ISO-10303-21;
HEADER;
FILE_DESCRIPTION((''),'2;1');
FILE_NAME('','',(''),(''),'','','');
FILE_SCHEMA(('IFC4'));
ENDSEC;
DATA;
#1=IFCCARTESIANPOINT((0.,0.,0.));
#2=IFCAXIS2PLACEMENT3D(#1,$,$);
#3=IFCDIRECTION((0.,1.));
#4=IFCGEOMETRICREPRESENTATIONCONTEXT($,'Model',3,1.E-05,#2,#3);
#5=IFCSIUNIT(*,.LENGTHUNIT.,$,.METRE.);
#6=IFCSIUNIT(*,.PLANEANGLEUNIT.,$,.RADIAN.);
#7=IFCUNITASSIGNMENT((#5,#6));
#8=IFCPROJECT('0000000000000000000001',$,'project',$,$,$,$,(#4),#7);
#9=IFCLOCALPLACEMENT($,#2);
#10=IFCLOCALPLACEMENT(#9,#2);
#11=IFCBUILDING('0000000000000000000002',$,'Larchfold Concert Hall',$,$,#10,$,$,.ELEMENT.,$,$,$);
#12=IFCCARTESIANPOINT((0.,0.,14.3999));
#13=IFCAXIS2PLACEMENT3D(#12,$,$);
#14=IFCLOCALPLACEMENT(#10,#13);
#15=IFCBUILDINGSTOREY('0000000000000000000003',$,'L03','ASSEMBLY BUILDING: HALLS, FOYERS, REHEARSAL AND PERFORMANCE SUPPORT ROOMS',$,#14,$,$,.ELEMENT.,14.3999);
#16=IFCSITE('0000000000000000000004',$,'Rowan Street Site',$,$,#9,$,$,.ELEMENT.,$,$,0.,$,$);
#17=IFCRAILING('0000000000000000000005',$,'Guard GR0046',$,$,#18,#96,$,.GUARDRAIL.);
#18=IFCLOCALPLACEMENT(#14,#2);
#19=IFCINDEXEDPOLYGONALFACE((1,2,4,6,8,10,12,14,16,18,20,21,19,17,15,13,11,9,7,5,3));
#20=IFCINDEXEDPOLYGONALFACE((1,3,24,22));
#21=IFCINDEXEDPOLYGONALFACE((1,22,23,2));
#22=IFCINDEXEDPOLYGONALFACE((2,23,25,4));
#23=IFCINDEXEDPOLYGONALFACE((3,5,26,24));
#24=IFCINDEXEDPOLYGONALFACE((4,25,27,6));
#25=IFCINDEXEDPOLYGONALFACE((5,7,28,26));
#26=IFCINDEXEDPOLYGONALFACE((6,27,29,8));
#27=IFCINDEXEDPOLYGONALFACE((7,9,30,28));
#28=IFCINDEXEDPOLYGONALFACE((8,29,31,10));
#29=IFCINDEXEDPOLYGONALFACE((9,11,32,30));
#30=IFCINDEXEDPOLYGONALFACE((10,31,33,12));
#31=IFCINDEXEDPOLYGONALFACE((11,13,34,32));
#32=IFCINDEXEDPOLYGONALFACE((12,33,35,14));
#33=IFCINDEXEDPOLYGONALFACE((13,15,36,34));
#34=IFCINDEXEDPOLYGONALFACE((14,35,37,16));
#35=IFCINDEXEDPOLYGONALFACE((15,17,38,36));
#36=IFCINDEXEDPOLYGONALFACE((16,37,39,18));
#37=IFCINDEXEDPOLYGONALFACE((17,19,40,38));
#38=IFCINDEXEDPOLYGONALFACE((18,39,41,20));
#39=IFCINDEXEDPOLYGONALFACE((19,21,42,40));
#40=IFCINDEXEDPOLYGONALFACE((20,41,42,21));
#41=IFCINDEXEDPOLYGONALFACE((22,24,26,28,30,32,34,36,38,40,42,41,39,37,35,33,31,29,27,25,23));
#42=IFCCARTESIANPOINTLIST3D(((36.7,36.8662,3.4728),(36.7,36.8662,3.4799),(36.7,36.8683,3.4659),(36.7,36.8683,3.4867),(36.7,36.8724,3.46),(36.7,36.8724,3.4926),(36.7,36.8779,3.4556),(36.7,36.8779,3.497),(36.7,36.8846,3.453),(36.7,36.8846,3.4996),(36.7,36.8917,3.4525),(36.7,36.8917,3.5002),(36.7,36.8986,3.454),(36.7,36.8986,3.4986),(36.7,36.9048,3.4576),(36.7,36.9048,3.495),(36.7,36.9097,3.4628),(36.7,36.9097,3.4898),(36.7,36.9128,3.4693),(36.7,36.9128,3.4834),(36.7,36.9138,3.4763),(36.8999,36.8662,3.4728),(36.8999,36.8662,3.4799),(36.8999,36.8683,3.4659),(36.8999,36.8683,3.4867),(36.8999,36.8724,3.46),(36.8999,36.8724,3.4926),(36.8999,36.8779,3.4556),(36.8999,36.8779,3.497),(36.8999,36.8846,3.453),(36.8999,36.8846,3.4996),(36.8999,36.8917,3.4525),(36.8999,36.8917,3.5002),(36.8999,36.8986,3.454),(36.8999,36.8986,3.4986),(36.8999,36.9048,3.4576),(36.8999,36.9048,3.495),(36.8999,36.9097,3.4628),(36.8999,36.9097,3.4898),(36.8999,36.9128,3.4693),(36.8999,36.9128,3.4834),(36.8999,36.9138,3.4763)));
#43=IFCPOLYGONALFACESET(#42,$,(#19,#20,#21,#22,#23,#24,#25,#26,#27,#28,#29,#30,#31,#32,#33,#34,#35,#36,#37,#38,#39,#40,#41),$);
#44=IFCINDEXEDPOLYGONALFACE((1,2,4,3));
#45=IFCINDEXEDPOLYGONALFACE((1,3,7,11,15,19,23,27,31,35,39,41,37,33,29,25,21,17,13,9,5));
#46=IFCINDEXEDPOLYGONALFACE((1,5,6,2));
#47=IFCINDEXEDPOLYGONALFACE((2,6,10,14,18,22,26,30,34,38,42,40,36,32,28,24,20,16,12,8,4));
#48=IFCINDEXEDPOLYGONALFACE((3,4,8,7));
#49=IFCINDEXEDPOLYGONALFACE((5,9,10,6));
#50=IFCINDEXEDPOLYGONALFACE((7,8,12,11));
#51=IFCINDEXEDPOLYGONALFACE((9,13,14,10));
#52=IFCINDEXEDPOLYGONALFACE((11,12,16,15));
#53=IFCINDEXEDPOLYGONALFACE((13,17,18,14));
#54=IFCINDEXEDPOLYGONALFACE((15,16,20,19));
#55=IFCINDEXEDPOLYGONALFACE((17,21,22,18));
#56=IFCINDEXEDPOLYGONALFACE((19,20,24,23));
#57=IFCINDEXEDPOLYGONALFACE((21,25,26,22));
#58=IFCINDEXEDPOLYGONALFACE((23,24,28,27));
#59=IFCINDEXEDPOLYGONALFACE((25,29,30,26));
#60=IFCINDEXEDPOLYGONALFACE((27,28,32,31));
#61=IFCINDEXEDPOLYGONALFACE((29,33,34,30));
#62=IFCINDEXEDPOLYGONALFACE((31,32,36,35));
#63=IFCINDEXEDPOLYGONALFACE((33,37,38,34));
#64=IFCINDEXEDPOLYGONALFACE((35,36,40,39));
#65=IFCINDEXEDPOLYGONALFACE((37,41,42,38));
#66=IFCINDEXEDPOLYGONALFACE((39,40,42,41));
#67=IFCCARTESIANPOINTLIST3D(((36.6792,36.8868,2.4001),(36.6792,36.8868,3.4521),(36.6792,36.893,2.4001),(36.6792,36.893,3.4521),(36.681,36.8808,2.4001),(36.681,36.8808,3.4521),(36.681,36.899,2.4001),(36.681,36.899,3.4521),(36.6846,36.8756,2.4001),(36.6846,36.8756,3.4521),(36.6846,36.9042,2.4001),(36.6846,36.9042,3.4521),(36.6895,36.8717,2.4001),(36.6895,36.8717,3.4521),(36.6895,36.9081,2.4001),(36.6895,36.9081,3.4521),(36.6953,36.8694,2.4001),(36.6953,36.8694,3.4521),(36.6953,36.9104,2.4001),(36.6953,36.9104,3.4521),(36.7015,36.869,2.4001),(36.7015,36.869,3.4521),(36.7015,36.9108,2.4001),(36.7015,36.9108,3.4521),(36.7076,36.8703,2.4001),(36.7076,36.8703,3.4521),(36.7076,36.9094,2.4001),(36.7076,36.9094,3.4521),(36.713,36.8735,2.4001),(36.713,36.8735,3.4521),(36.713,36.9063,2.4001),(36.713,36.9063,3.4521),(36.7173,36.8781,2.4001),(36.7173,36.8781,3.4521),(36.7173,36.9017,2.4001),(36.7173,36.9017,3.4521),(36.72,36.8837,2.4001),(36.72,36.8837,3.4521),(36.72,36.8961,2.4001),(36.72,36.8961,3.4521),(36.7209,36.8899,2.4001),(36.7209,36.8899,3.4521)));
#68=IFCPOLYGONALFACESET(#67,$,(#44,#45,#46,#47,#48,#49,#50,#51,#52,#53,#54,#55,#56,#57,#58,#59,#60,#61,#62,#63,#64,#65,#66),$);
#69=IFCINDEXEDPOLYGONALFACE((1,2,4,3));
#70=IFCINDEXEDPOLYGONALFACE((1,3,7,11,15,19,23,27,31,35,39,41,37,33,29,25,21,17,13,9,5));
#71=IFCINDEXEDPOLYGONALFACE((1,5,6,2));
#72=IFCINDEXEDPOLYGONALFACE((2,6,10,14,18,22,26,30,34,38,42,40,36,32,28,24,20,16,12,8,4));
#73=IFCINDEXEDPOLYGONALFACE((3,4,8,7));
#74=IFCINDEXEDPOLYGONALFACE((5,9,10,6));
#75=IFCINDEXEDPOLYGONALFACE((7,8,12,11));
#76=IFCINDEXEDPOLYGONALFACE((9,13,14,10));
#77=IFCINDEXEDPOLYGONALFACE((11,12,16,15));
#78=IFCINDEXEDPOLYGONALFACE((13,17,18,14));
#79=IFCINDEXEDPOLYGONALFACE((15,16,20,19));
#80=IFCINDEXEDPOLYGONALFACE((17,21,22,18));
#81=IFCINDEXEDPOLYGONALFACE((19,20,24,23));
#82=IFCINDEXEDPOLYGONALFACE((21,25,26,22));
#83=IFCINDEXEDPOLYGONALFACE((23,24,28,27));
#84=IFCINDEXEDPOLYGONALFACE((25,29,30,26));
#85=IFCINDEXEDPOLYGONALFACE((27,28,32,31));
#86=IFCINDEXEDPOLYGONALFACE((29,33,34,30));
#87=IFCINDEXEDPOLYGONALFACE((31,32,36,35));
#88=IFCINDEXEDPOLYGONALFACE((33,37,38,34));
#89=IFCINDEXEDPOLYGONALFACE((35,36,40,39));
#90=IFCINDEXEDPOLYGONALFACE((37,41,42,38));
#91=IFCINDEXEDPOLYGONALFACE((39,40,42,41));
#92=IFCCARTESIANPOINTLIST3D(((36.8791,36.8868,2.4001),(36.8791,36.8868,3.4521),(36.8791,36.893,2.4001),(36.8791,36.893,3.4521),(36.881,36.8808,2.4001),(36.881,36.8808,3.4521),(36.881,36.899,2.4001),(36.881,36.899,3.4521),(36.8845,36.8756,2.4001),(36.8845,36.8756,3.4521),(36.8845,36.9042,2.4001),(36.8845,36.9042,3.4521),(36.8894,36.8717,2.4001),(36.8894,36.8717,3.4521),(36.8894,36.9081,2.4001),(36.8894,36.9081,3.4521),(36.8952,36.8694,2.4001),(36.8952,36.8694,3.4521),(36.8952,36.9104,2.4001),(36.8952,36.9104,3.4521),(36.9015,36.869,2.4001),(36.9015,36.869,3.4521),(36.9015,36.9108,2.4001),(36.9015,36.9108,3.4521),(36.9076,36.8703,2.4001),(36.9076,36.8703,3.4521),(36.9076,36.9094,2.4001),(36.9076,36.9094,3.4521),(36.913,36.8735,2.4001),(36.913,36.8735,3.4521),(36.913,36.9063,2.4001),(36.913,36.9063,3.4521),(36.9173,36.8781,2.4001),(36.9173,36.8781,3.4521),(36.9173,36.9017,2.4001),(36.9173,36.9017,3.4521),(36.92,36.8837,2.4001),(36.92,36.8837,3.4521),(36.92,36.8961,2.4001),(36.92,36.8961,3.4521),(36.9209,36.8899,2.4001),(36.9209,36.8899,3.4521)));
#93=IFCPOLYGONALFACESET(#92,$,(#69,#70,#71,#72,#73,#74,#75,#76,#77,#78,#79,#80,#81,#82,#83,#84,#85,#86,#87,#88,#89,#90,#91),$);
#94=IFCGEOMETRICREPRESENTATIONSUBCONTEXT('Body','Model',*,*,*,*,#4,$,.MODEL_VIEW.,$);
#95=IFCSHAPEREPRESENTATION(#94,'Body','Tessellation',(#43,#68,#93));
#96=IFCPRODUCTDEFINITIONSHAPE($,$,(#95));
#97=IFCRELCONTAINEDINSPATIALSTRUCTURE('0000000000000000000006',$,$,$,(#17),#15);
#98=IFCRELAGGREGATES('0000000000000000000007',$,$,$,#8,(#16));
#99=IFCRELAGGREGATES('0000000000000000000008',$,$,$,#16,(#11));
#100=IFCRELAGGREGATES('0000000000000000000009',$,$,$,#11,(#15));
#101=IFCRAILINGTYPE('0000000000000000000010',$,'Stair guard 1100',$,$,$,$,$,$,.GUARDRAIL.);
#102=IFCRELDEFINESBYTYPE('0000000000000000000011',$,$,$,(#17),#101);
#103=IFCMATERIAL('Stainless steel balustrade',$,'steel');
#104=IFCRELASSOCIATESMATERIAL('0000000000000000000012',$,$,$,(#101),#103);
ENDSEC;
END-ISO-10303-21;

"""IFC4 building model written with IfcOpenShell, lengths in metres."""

from ifc_helpers import new_model, si_unit, direction, frame, origin, origin_2d, place, context, subcontext, project, spatial, circle, extrude, material, type_object, element, save


model = new_model("IFC4")

# Units and contexts
model_context = context("Model", 3, precision=1e-05, world=origin(), true_north=direction((0.0, 1.0)))
body_context = subcontext(model_context, "Body", "Model", "MODEL_VIEW")
ifc_project = project(units=[si_unit("LENGTHUNIT", "METRE"), si_unit("PLANEANGLEUNIT", "RADIAN")], contexts=[model_context])

# Site, building, storey
site_placement = place(None, origin())
site = spatial("IfcSite", under=ifc_project, at=site_placement, Name="Rowan Street Site", CompositionType="ELEMENT", RefElevation=0.0)
building_placement = place(site_placement, origin())
building = spatial("IfcBuilding", under=site, at=building_placement, Name="Larchfold Concert Hall", CompositionType="ELEMENT")
storey_placement = place(building_placement, frame((0.0, 0.0, 14.3999)))
storey = spatial("IfcBuildingStorey", under=building, at=storey_placement, Name="L03", Description="ASSEMBLY BUILDING: HALLS, FOYERS, REHEARSAL AND PERFORMANCE SUPPORT ROOMS", CompositionType="ELEMENT", Elevation=14.3999)

# Railing
ifc_material_1 = material(Name="Stainless steel balustrade", Category="steel")
railing_type_1 = type_object("IfcRailingType", Name="Stair guard 1100", PredefinedType="GUARDRAIL", material=ifc_material_1)
railing_1_placement = place(storey_placement, frame((36.7, 36.8899, 2.4001)))
element("IfcRailing", 1, at=railing_1_placement, inside=storey, type_object=railing_type_1, Name="Guard GR0046", PredefinedType="GUARDRAIL", context=body_context, shape_type="SweptSolid", body=[
    extrude(circle(Radius=0.0239, at=origin_2d()), frame((0.0, 0.0, 1.0762), z_axis=(1.0, 0.0, 0.0), x_axis=(0.0, 1.0, 0.0)), (0.0, 0.0, 1.0), 0.2),
    extrude(circle(Radius=0.021, at=origin_2d()), origin(), (0.0, 0.0, 1.0), 1.052),
    extrude(circle(Radius=0.021, at=origin_2d()), frame((0.2, 0.0, 0.0)), (0.0, 0.0, 1.0), 1.052),
])

save(model, "model.ifc")
